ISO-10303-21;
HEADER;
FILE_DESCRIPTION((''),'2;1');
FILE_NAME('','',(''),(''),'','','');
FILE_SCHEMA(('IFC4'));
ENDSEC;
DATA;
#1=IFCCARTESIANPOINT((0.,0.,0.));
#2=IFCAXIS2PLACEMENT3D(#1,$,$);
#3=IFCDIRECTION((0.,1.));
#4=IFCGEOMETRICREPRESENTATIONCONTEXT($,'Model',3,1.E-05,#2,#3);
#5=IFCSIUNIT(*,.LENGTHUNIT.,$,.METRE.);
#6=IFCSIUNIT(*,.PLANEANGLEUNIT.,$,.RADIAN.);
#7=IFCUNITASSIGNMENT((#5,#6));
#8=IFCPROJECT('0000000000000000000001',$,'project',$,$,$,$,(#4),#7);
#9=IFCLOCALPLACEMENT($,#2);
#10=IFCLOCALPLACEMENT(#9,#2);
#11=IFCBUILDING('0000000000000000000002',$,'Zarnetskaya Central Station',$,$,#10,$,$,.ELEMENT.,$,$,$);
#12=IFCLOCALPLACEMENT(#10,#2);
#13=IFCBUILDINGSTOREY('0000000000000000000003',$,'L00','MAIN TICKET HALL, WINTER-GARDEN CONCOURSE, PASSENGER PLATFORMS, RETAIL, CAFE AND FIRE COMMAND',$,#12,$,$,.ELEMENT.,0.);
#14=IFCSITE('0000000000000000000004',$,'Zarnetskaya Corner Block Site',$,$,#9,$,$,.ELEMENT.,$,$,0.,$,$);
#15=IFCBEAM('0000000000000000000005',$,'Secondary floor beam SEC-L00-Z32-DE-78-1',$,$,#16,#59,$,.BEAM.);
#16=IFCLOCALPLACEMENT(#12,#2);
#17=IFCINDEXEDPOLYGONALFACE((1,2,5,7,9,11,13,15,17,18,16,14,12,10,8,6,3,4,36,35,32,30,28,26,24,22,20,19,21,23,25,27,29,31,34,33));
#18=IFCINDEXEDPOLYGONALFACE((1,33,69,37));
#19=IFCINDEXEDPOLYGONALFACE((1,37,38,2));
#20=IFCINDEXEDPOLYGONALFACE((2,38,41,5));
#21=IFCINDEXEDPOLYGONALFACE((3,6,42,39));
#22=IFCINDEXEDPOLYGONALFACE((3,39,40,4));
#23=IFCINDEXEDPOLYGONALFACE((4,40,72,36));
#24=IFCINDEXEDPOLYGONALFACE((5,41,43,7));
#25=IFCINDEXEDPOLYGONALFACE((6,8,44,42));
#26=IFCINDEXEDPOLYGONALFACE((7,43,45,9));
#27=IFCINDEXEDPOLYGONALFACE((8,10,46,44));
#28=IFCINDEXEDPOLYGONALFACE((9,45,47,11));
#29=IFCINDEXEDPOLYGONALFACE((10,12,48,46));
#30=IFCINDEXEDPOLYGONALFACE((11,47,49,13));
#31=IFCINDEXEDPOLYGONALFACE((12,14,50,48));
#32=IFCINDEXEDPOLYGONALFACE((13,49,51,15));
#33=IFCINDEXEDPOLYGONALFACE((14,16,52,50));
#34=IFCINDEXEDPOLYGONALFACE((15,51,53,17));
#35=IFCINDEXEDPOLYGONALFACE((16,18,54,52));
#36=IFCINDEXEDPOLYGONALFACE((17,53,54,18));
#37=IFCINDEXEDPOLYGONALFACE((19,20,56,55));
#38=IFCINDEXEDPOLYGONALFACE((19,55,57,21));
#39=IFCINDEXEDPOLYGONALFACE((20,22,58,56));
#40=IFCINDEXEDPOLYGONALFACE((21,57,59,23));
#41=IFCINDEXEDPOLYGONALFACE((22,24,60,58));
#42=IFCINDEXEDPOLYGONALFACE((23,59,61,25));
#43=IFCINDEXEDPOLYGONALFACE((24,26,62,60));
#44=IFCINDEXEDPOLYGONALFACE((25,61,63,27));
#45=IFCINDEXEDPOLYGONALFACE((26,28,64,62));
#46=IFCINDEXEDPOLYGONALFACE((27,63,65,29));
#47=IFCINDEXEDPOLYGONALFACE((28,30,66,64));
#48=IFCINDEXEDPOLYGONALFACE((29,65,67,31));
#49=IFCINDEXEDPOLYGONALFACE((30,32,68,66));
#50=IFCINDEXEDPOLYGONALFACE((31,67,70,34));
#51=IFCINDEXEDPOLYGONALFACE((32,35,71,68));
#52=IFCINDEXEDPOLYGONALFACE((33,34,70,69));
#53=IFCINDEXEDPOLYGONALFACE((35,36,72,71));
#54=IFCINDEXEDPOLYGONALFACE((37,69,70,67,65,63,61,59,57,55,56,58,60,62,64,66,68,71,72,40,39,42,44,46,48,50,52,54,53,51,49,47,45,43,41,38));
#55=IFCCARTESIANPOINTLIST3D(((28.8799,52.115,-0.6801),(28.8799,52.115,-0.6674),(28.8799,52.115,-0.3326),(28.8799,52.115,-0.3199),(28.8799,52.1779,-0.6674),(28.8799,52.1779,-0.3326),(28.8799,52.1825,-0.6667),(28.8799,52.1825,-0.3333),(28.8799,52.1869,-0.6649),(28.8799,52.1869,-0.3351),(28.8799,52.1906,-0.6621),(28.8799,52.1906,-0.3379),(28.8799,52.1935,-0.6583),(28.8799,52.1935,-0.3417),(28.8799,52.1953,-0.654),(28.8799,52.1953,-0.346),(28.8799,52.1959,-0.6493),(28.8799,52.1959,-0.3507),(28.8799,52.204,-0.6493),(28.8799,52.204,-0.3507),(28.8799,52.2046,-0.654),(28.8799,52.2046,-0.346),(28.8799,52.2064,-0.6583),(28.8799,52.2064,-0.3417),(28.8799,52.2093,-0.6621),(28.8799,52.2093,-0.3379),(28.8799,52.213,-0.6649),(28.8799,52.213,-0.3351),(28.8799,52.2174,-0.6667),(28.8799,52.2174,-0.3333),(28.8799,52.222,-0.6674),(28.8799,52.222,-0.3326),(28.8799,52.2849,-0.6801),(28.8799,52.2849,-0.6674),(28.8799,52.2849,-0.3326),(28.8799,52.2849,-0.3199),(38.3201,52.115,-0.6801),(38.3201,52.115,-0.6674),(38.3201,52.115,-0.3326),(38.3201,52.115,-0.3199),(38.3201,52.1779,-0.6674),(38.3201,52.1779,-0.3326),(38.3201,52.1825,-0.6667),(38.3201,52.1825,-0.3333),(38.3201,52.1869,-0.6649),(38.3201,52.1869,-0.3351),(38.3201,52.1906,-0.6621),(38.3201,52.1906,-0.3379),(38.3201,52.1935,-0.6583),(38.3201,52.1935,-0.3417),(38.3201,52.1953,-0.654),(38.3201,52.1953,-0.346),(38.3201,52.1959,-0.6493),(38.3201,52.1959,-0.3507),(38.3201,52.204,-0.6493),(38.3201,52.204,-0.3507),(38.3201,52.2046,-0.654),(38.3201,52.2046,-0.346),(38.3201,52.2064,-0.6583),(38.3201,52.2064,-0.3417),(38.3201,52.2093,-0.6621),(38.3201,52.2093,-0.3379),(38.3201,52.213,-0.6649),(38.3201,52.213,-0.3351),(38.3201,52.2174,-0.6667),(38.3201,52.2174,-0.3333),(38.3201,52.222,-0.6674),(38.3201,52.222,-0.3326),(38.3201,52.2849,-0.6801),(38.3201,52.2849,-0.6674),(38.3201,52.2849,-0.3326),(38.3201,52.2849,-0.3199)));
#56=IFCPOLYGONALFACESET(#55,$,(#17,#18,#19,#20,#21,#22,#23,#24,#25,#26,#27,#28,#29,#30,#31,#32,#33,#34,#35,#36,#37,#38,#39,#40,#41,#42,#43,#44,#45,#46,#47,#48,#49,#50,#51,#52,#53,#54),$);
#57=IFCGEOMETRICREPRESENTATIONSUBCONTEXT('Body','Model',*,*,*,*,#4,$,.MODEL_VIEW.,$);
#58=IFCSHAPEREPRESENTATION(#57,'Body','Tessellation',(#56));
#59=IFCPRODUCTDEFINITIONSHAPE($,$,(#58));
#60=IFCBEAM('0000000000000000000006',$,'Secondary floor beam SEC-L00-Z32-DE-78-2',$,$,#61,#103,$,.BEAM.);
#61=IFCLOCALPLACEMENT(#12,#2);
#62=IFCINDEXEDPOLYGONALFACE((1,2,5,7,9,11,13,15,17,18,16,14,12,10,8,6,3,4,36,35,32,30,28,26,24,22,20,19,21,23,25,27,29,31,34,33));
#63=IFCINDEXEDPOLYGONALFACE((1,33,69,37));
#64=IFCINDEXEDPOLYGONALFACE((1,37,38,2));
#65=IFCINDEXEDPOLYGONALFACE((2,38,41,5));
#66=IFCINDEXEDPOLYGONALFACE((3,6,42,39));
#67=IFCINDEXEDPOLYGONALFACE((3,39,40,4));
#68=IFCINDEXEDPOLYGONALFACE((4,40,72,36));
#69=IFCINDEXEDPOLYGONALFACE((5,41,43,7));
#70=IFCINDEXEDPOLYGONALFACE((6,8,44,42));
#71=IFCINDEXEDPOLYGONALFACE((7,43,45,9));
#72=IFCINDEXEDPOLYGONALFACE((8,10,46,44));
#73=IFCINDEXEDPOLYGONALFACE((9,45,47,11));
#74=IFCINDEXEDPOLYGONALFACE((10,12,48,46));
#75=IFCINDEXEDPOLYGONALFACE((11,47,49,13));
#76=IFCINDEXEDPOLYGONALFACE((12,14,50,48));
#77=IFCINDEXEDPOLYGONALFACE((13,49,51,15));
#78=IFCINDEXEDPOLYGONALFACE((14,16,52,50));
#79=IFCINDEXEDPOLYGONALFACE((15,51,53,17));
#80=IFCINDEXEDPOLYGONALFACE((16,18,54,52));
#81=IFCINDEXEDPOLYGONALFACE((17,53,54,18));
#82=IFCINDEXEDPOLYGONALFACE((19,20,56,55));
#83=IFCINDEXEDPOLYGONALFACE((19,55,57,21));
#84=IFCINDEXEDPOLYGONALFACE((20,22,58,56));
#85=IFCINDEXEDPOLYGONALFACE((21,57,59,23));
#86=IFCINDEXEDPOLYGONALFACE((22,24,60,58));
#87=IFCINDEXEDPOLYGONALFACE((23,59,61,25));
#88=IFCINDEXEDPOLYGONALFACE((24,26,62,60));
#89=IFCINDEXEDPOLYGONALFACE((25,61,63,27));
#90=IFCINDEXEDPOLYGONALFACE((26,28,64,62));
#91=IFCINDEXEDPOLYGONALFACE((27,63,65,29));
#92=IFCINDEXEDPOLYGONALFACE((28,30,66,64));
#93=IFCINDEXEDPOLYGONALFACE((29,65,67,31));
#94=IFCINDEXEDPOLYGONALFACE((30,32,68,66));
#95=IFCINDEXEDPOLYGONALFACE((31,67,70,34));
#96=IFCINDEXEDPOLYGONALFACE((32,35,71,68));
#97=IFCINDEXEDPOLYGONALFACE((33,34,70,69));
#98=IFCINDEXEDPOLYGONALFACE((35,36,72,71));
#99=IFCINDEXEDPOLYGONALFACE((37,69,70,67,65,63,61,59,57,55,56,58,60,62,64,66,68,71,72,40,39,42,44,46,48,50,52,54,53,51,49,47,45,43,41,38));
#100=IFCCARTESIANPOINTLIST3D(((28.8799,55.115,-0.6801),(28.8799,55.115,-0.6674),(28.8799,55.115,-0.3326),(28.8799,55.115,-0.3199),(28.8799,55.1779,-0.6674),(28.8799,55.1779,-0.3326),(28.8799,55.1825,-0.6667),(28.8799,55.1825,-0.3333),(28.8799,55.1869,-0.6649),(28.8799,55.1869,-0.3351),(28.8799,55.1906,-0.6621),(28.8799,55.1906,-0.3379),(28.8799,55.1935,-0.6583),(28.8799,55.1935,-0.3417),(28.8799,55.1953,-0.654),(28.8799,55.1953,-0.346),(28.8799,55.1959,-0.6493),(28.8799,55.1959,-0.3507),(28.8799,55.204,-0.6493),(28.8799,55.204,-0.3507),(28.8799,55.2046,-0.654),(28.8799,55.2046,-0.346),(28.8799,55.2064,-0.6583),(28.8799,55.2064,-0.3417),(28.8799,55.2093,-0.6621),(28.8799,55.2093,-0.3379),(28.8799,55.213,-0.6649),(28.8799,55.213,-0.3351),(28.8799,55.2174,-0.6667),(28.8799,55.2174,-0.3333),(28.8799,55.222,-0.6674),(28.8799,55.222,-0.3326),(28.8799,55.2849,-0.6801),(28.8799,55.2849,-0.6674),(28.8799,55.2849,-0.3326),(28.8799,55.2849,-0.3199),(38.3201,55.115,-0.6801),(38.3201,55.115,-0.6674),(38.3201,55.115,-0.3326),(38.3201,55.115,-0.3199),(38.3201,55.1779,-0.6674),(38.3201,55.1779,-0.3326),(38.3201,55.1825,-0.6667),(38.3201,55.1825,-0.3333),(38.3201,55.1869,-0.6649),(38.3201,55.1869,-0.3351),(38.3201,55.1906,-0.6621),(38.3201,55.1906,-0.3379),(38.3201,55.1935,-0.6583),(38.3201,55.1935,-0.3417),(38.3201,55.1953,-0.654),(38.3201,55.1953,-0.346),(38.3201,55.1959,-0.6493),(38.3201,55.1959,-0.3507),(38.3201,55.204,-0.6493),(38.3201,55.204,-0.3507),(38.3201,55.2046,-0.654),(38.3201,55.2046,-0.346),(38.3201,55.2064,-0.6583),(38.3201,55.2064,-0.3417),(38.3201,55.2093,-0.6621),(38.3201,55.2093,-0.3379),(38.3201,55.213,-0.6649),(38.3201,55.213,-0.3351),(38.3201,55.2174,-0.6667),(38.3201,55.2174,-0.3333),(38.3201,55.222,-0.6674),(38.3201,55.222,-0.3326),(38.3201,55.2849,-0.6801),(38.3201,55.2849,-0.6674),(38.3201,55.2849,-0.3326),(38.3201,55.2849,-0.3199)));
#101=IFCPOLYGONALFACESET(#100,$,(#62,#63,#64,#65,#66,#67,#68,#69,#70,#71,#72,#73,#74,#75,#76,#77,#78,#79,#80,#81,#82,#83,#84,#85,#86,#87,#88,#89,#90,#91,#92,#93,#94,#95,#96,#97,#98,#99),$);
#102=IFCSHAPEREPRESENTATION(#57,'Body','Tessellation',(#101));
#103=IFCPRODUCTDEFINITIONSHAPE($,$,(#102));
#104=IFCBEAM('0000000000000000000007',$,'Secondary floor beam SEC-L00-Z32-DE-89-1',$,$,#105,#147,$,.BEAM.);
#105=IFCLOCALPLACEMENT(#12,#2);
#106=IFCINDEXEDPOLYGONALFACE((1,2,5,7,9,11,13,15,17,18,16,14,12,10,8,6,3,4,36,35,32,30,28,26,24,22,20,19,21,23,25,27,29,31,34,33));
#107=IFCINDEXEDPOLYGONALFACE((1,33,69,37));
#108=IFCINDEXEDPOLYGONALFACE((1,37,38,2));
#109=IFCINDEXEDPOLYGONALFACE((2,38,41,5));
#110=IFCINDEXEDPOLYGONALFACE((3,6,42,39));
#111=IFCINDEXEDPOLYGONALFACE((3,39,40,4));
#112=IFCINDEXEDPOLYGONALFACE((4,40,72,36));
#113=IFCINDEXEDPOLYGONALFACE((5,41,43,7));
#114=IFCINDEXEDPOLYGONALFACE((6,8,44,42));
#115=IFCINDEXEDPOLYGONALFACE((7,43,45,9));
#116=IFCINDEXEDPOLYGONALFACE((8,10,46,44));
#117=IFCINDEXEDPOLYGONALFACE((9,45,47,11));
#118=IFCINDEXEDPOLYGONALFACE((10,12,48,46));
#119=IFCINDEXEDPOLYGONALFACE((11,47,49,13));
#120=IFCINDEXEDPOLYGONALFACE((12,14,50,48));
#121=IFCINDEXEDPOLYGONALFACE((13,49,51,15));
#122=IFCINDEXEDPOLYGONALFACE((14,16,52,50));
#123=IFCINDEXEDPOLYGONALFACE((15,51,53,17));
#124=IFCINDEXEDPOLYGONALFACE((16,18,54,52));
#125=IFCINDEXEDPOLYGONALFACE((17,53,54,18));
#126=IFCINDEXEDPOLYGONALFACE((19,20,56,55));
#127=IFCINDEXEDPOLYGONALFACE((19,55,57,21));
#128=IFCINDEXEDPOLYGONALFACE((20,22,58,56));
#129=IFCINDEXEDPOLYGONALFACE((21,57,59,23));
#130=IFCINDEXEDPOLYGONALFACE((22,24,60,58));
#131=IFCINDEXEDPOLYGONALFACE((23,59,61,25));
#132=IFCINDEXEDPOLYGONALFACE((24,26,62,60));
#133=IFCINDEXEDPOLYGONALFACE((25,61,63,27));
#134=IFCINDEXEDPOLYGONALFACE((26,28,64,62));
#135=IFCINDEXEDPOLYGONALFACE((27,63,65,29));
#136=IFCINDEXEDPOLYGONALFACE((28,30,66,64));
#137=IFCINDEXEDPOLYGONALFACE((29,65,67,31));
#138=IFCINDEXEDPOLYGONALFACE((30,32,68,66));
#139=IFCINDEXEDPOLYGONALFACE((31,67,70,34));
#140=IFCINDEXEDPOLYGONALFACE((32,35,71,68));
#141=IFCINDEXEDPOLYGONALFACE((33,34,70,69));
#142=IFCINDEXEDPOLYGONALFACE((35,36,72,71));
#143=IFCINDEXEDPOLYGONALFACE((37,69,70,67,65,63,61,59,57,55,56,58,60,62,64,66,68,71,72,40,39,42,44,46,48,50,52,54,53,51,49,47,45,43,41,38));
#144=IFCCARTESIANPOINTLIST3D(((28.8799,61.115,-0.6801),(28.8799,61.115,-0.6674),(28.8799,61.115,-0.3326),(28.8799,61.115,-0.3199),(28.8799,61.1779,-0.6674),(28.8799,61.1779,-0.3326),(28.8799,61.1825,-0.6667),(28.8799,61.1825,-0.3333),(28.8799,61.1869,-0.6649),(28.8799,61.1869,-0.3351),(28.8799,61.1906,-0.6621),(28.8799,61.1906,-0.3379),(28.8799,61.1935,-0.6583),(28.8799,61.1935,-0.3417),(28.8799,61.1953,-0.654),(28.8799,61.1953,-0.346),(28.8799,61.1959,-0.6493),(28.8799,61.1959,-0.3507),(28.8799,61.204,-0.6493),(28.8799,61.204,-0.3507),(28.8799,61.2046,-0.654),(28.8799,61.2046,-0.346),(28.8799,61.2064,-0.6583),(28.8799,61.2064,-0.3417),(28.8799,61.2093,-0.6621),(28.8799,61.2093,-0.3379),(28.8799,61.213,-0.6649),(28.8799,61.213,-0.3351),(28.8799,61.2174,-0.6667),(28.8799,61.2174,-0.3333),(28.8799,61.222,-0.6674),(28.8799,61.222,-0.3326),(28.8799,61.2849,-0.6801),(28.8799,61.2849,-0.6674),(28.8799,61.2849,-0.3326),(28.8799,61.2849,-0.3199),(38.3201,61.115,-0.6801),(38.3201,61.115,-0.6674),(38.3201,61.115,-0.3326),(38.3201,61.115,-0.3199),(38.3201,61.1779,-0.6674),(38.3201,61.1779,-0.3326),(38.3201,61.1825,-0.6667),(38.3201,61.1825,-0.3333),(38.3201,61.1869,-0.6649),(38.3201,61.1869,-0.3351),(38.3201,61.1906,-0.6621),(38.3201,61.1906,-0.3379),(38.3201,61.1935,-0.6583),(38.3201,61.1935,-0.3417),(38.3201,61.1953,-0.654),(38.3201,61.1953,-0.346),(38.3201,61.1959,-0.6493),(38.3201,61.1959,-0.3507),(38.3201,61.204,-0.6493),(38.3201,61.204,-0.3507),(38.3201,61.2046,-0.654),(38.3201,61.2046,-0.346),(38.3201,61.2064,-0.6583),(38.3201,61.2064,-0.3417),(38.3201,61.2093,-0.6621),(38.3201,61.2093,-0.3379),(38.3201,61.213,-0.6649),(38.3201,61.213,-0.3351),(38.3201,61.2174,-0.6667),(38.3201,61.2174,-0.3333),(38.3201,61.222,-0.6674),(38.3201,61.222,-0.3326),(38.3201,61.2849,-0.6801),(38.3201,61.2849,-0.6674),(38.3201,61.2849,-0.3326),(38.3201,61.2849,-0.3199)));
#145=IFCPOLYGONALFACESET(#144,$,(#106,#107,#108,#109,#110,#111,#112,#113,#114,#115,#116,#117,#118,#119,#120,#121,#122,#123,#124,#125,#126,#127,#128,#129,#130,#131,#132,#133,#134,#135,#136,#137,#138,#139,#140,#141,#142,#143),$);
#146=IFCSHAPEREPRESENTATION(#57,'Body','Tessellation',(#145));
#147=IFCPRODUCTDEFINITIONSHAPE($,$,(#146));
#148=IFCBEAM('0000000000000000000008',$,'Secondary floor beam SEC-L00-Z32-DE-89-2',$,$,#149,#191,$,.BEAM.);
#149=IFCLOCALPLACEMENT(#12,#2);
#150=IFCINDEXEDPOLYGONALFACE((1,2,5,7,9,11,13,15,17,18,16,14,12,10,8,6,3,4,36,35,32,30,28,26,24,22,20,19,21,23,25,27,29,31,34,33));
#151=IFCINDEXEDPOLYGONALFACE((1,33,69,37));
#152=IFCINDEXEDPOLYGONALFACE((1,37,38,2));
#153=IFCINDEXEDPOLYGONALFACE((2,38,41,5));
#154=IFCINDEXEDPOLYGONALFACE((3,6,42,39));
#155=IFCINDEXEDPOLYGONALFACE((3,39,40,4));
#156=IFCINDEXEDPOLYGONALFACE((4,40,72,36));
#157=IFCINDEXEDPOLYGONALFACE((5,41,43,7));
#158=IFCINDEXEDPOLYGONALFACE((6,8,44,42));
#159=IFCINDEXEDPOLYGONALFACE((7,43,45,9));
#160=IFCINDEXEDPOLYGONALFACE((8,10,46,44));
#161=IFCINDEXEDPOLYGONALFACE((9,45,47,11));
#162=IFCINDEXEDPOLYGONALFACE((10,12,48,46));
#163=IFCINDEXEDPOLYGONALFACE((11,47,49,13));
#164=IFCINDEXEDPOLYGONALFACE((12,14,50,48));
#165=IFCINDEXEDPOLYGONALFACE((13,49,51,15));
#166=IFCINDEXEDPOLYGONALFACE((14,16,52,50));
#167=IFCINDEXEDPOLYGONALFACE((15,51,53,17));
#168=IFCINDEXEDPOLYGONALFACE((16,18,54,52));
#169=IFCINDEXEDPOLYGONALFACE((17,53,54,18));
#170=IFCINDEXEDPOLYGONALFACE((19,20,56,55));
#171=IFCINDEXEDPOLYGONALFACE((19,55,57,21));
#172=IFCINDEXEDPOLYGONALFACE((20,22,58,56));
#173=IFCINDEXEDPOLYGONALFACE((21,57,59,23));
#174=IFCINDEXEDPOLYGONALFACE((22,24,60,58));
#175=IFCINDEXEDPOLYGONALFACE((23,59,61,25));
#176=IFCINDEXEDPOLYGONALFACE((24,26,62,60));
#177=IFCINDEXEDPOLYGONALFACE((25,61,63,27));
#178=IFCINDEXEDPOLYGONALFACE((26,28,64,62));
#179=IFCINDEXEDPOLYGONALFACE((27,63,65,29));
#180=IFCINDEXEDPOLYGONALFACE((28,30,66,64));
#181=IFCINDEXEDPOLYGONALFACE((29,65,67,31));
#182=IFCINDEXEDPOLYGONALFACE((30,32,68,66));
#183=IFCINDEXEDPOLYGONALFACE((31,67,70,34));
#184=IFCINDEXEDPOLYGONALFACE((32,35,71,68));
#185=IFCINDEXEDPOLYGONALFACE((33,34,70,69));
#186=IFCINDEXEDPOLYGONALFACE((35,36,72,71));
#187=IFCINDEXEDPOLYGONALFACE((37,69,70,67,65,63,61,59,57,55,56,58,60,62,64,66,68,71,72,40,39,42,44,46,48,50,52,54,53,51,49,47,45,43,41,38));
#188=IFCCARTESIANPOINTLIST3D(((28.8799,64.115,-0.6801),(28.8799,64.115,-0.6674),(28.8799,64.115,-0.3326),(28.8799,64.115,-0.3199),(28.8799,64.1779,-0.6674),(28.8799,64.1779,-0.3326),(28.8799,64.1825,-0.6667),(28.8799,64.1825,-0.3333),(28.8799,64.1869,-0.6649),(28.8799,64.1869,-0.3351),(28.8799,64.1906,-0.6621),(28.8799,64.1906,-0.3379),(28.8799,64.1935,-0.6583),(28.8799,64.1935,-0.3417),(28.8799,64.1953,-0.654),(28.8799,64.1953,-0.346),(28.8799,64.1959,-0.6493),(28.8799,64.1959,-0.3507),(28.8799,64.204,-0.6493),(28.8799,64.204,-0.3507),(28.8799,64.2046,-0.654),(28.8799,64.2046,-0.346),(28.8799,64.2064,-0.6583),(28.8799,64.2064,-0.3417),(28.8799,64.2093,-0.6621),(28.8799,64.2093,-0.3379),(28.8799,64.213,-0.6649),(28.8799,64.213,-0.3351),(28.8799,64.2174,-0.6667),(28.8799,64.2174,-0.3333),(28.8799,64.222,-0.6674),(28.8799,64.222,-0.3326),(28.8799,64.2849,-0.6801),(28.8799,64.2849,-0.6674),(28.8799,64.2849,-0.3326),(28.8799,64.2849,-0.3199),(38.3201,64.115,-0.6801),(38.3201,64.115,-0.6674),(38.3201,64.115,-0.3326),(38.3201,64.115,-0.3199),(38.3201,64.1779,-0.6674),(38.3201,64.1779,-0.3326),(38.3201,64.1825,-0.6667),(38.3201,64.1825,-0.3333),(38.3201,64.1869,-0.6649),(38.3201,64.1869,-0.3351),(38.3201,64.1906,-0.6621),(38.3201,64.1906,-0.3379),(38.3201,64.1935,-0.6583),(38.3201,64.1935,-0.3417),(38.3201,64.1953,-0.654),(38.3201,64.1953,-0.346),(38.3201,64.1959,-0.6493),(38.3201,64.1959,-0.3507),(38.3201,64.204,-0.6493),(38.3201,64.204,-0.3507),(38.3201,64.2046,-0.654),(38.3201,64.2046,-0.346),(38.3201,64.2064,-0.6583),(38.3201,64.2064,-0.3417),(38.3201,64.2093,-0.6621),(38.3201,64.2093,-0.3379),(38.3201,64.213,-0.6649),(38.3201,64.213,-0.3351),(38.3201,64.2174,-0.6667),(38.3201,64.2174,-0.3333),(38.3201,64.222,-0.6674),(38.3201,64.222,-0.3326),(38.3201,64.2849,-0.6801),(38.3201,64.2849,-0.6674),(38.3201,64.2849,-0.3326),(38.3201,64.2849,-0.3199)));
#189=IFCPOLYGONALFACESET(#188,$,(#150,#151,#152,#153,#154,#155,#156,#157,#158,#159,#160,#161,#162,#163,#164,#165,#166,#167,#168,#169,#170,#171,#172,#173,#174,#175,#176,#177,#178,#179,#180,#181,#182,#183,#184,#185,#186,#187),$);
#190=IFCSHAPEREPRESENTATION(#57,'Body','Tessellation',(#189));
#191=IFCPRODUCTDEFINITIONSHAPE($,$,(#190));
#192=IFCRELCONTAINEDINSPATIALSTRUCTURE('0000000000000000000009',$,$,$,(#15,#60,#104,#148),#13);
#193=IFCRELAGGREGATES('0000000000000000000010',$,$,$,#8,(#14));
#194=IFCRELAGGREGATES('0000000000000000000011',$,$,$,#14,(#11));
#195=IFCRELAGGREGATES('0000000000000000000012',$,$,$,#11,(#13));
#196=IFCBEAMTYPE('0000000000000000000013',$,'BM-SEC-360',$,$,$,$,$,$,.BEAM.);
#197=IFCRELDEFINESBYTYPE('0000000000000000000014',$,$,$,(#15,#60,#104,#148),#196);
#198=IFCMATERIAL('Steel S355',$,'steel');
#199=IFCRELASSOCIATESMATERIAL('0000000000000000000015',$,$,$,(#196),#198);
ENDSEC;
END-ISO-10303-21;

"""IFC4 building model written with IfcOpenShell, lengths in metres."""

from ifc_helpers import new_model, si_unit, direction, frame, origin, origin_2d, place, context, subcontext, project, spatial, i_section, extrude, material, material_profile, profile_set, type_object, element, save


model = new_model("IFC4")

# Units and contexts
model_context = context("Model", 3, precision=1e-05, world=origin(), true_north=direction((0.0, 1.0)))
body_context = subcontext(model_context, "Body", "Model", "MODEL_VIEW")
ifc_project = project(units=[si_unit("LENGTHUNIT", "METRE"), si_unit("PLANEANGLEUNIT", "RADIAN")], contexts=[model_context])

# Site, building, storey
site_placement = place(None, origin())
site = spatial("IfcSite", under=ifc_project, at=site_placement, Name="Zarnetskaya Corner Block Site", CompositionType="ELEMENT", RefElevation=0.0)
building_placement = place(site_placement, origin())
building = spatial("IfcBuilding", under=site, at=building_placement, Name="Zarnetskaya Central Station", CompositionType="ELEMENT")
storey_placement = place(building_placement, origin())
storey = spatial("IfcBuildingStorey", under=building, at=storey_placement, Name="L00", Description="MAIN TICKET HALL, WINTER-GARDEN CONCOURSE, PASSENGER PLATFORMS, RETAIL, CAFE AND FIRE COMMAND", CompositionType="ELEMENT", Elevation=0.0)

# Shared definitions
ifc_material_1 = material(Name="Steel S355", Category="steel")

# Beams
ifc_material_profile_1 = material_profile(ifc_material_1, i_section(OverallWidth=0.1699, OverallDepth=0.3601, WebThickness=0.0081, FlangeThickness=0.0127, FilletRadius=0.0181, at=origin_2d()), Name="IPE 360")
ifc_profile_set_1 = profile_set([ifc_material_profile_1], Name="Steel S355")
beam_type_1 = type_object("IfcBeamType", Name="BM-SEC-360", PredefinedType="BEAM", material=ifc_profile_set_1)
for number, where, z_axis, x_axis, name in (
    (1, (28.8799, 52.2, -0.5), (1.0, 0.0, 0.0), (0.0, 1.0, 0.0), "Secondary floor beam SEC-L00-Z32-DE-78-1"),
    (2, (28.8799, 55.2, -0.5), (1.0, 0.0, 0.0), (0.0, 1.0, 0.0), "Secondary floor beam SEC-L00-Z32-DE-78-2"),
    (3, (28.8799, 61.2, -0.5), (1.0, 0.0, 0.0), (0.0, 1.0, 0.0), "Secondary floor beam SEC-L00-Z32-DE-89-1"),
    (4, (28.8799, 64.2, -0.5), (1.0, 0.0, 0.0), (0.0, 1.0, 0.0), "Secondary floor beam SEC-L00-Z32-DE-89-2"),
):
    element("IfcBeam", number, at=place(storey_placement, frame(where, z_axis=z_axis, x_axis=x_axis)), inside=storey, type_object=beam_type_1, Name=name, PredefinedType="BEAM", context=body_context, shape_type="SweptSolid", body=[
        extrude(i_section(OverallWidth=0.1699, OverallDepth=0.3601, WebThickness=0.0081, FlangeThickness=0.0127, FilletRadius=0.0181, at=origin_2d()), origin(), (0.0, 0.0, 1.0), 9.4402),
    ])

save(model, "model.ifc")
